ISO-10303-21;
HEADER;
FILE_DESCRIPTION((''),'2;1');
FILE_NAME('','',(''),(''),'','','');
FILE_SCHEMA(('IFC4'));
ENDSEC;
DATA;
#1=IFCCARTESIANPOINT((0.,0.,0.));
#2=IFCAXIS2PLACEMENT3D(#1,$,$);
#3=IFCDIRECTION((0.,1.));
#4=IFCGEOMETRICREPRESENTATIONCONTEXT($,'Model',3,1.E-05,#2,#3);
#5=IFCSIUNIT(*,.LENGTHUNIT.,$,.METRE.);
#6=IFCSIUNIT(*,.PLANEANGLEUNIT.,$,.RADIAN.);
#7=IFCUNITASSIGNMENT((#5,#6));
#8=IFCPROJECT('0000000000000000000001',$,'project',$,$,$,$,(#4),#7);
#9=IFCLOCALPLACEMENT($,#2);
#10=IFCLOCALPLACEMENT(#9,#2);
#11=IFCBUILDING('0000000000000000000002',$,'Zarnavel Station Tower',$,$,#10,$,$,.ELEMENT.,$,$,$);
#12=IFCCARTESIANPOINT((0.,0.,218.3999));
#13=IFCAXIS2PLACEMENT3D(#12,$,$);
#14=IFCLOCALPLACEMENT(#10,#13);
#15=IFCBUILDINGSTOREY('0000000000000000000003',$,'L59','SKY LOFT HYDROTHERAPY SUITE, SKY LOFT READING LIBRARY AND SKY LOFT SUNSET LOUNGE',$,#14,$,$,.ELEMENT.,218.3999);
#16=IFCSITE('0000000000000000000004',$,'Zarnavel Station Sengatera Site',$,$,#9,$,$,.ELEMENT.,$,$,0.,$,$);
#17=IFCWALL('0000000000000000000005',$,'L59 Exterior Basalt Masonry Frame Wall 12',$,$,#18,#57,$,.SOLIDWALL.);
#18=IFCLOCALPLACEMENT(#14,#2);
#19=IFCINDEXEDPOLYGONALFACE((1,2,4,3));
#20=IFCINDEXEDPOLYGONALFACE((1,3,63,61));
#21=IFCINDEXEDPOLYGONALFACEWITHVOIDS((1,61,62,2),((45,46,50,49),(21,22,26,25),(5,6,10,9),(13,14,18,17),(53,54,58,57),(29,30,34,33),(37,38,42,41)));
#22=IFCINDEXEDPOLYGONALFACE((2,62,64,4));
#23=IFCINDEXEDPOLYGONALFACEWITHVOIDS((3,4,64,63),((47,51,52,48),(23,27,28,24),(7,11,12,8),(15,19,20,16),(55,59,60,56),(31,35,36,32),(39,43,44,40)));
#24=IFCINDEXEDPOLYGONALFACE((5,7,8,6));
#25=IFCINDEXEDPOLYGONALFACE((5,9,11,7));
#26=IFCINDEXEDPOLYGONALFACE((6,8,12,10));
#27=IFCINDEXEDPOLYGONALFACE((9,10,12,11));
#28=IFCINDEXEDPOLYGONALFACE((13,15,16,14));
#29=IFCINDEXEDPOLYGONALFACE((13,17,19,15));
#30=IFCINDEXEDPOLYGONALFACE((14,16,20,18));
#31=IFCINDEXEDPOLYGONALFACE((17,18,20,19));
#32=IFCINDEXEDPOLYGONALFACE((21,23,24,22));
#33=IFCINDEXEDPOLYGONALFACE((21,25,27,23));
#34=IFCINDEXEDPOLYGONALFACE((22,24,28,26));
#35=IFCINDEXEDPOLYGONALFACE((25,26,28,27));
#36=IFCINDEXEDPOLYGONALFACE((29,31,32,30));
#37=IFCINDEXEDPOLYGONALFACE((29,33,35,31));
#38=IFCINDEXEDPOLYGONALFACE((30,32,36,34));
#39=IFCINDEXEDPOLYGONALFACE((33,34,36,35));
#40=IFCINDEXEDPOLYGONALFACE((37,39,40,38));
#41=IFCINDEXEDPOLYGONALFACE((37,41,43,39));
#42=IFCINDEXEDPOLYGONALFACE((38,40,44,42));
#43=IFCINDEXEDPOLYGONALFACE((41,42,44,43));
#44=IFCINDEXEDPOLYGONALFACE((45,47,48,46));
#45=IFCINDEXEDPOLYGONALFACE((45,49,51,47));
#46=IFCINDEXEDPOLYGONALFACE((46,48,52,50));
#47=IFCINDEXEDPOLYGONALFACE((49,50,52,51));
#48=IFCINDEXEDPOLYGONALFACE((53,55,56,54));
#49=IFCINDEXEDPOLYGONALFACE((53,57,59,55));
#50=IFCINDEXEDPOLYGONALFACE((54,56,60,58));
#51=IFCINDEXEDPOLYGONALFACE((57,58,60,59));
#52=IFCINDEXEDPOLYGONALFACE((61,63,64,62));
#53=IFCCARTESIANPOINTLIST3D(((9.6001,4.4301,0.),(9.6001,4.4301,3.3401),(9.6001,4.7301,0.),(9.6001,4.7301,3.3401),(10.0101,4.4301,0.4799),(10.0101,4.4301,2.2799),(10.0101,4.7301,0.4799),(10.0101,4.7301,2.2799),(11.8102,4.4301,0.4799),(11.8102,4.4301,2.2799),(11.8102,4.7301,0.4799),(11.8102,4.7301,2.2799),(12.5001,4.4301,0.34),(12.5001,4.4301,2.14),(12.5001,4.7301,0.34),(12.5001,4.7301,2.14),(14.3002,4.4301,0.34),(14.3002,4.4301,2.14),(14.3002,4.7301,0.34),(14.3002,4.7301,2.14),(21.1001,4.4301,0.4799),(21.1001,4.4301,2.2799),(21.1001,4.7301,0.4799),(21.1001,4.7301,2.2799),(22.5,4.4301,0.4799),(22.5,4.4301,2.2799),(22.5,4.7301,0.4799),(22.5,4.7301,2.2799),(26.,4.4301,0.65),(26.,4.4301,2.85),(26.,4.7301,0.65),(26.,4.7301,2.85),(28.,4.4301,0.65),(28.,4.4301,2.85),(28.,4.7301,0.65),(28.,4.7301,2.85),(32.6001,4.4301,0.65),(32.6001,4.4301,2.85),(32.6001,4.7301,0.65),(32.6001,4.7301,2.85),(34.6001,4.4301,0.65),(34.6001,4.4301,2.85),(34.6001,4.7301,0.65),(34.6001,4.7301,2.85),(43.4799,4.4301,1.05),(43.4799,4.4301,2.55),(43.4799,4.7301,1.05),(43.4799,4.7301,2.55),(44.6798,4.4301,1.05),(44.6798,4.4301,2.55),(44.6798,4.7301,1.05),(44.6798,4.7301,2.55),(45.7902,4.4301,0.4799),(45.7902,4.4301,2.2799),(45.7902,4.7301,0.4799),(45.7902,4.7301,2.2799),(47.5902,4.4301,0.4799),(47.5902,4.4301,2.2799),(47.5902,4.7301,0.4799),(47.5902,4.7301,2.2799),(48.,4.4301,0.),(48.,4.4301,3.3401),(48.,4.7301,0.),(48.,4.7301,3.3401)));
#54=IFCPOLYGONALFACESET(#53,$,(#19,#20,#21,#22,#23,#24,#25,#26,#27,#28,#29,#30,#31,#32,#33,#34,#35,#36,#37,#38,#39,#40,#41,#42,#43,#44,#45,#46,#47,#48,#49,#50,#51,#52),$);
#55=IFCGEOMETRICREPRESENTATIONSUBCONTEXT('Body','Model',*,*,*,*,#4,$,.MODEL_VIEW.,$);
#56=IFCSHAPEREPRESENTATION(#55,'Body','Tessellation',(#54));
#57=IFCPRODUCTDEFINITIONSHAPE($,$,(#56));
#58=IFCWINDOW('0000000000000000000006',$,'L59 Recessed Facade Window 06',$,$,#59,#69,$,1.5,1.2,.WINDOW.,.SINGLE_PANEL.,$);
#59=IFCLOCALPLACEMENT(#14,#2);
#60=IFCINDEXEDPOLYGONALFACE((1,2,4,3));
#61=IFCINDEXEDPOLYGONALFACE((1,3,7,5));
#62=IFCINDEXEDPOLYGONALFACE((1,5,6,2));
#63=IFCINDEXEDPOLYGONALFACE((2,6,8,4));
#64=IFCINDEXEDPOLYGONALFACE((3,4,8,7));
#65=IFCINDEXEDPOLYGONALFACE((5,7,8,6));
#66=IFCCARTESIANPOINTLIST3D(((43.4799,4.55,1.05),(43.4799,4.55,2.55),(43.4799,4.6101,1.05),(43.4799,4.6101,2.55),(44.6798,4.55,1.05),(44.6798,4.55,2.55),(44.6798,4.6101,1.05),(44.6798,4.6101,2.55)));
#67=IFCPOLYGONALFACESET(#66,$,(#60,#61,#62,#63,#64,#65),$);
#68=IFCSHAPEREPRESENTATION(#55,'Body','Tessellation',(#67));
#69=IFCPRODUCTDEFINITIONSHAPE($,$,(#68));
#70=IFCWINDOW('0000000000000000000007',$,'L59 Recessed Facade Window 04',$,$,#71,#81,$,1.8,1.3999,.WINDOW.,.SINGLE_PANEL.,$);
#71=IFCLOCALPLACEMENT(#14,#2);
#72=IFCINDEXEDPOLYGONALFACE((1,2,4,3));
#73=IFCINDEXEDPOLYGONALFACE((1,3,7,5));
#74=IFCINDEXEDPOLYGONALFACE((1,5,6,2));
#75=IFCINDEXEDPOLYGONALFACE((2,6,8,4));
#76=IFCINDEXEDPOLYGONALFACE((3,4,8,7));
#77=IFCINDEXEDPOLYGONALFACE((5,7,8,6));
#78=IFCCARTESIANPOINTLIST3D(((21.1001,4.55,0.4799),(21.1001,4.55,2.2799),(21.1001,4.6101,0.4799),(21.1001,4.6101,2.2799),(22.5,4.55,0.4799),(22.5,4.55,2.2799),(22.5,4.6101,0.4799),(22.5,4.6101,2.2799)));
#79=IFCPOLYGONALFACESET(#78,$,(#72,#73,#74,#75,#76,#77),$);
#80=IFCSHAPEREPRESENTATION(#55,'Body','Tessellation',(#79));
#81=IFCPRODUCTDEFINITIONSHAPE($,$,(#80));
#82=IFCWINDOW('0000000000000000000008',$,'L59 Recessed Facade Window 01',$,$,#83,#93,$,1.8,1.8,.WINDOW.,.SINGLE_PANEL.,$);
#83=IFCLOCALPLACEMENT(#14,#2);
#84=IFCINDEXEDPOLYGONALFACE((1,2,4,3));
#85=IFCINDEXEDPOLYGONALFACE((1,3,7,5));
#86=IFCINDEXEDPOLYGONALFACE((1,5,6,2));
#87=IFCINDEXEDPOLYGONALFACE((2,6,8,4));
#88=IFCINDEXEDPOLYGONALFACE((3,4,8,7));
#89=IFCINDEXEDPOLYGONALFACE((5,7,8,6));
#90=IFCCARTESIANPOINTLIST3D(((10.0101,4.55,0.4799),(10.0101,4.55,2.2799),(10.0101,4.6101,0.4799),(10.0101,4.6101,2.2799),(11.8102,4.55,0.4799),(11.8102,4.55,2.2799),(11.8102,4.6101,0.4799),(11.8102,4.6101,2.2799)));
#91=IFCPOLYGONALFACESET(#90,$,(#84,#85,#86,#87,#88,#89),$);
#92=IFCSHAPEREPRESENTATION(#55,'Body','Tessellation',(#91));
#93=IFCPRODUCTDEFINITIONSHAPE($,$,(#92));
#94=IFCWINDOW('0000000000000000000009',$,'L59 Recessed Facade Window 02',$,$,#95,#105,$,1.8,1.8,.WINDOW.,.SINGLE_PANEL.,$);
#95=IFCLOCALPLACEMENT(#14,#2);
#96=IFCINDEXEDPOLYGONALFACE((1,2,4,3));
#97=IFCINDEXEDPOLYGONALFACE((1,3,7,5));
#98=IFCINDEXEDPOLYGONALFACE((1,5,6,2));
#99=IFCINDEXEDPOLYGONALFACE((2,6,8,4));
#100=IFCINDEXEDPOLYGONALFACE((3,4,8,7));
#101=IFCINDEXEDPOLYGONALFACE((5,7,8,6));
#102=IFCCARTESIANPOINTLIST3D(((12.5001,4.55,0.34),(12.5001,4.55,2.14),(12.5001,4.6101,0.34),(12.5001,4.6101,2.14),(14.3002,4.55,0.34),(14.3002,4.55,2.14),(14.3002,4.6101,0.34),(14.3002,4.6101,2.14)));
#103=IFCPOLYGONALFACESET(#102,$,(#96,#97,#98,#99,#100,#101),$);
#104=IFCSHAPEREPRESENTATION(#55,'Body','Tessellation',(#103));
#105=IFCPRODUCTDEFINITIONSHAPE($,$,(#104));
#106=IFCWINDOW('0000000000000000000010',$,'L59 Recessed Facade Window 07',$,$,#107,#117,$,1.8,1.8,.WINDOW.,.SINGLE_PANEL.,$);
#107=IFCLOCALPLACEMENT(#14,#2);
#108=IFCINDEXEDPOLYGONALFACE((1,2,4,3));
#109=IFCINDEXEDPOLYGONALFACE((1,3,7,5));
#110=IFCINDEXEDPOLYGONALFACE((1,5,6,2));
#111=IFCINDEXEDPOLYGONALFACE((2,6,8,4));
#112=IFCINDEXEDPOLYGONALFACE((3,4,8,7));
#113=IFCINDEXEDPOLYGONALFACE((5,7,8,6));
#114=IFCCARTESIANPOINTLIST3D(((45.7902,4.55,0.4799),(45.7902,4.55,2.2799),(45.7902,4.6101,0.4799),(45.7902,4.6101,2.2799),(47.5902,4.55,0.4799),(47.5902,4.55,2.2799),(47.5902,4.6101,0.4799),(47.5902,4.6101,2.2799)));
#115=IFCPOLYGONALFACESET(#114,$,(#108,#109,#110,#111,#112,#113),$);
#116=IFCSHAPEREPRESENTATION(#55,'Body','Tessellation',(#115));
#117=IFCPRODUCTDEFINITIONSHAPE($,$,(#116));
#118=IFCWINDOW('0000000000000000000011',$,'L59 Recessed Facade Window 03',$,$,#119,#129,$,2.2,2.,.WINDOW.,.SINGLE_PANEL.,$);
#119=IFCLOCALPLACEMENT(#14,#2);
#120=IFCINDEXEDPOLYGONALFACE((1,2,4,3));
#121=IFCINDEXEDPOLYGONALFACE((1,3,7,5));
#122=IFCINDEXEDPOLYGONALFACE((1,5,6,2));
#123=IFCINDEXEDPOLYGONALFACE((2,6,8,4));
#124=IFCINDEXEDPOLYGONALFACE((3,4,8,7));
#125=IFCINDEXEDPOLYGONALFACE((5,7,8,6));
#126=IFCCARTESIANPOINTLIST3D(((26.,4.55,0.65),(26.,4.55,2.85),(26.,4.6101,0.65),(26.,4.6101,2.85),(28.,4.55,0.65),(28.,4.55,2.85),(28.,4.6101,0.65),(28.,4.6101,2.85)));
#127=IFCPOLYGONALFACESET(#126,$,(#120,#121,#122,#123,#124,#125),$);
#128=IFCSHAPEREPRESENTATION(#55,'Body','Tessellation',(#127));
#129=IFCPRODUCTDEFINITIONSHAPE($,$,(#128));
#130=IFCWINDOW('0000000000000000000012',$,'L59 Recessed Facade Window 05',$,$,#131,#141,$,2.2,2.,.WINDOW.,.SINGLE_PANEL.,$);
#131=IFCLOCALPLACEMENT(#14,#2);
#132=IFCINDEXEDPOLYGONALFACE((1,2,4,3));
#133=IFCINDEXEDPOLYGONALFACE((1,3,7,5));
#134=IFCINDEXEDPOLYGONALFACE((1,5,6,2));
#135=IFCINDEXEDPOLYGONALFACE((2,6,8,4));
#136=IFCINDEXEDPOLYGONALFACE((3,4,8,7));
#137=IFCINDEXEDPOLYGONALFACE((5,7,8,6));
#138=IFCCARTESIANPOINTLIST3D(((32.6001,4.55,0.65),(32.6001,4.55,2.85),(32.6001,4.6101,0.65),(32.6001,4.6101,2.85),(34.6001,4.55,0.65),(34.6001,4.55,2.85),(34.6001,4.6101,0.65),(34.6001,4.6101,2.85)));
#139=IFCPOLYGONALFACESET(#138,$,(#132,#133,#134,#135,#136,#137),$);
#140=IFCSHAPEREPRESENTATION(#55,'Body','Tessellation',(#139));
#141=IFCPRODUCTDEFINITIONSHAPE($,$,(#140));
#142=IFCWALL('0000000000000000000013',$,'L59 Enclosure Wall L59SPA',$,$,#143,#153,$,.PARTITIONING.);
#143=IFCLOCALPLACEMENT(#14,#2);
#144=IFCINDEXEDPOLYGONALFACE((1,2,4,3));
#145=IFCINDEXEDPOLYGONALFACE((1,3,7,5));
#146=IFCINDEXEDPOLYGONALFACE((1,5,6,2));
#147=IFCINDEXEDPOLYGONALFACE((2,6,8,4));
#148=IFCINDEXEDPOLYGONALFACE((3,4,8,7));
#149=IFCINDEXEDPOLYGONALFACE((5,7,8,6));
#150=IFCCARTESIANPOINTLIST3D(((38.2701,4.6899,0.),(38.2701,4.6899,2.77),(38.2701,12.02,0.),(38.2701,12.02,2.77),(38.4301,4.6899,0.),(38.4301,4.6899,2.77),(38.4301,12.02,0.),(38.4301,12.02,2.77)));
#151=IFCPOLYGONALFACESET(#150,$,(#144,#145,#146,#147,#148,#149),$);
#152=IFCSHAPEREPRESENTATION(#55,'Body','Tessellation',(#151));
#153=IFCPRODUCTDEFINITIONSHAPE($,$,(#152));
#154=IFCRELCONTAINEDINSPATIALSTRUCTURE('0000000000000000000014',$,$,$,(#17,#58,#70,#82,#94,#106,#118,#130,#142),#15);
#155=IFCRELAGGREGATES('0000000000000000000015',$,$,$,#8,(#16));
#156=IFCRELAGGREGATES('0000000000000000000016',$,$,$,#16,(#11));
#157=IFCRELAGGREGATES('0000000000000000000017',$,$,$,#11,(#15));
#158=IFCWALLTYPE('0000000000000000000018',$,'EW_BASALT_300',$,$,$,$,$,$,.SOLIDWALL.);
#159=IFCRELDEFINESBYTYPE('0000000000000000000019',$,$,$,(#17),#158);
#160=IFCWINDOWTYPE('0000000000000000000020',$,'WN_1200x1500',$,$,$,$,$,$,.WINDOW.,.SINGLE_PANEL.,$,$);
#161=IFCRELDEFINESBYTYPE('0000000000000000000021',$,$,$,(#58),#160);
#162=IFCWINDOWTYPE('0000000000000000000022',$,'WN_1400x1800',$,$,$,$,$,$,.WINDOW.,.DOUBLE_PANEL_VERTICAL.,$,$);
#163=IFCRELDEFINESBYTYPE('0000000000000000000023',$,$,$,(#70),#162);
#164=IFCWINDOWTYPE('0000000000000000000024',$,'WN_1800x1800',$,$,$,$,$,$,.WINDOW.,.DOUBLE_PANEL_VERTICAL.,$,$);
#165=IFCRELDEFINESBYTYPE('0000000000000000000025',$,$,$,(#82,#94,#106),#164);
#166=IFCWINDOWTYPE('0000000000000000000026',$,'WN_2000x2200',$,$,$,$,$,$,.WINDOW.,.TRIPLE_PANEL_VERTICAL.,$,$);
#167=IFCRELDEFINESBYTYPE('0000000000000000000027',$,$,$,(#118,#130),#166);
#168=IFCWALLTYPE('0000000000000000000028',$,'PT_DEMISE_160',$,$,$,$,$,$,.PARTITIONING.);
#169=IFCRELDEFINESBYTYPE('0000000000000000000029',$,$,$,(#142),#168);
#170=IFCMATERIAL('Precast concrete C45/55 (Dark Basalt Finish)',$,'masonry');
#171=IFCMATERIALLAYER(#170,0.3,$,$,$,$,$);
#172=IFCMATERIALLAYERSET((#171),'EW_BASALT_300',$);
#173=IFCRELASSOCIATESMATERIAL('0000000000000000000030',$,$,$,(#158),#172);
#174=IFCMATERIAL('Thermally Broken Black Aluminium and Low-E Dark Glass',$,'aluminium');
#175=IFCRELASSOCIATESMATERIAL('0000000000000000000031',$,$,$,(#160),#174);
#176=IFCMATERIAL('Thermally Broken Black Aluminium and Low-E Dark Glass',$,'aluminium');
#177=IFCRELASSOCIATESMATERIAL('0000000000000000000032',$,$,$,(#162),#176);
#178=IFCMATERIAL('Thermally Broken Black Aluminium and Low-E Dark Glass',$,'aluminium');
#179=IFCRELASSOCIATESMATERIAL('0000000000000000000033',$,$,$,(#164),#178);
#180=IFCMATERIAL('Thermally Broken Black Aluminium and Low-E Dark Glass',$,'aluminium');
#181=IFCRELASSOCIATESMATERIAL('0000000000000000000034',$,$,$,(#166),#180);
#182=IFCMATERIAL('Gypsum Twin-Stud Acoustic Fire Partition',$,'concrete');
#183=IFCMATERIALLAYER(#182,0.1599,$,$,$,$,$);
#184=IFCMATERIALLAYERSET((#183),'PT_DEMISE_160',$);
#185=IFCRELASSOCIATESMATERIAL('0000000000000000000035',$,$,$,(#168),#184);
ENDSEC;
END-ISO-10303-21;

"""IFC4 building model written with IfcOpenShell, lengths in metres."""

from ifc_helpers import new_model, si_unit, direction, frame, frame_2d, origin, place, context, subcontext, project, spatial, rectangle, extrude, material, layer, layer_set, type_object, element, fill, save


model = new_model("IFC4")

# Units and contexts
model_context = context("Model", 3, precision=1e-05, world=origin(), true_north=direction((0.0, 1.0)))
body_context = subcontext(model_context, "Body", "Model", "MODEL_VIEW")
ifc_project = project(units=[si_unit("LENGTHUNIT", "METRE"), si_unit("PLANEANGLEUNIT", "RADIAN")], contexts=[model_context])

# Site, building, storey
site_placement = place(None, origin())
site = spatial("IfcSite", under=ifc_project, at=site_placement, Name="Zarnavel Station Sengatera Site", CompositionType="ELEMENT", RefElevation=0.0)
building_placement = place(site_placement, origin())
building = spatial("IfcBuilding", under=site, at=building_placement, Name="Zarnavel Station Tower", CompositionType="ELEMENT")
storey_placement = place(building_placement, frame((0.0, 0.0, 218.3999)))
storey = spatial("IfcBuildingStorey", under=building, at=storey_placement, Name="L59", Description="SKY LOFT HYDROTHERAPY SUITE, SKY LOFT READING LIBRARY AND SKY LOFT SUNSET LOUNGE", CompositionType="ELEMENT", Elevation=218.3999)

# Shared definitions
ifc_material_1 = material(Name="Precast concrete C45/55 (Dark Basalt Finish)", Category="masonry")
ifc_layer_1 = layer(ifc_material_1, 0.3)
ifc_layer_set_1 = layer_set([ifc_layer_1], Name="EW_BASALT_300")
wall_type_1 = type_object("IfcWallType", Name="EW_BASALT_300", PredefinedType="SOLIDWALL", material=ifc_layer_set_1)

# Wall, openings, windows
wall_1_placement = place(storey_placement, frame((48.0, 4.5801, 0.0), z_axis=(0.0, 0.0, 1.0), x_axis=(-1.0, 0.0, 0.0)))
wall_1 = element("IfcWall", 1, at=wall_1_placement, inside=storey, type_object=wall_type_1, Name="L59 Exterior Basalt Masonry Frame Wall 12", PredefinedType="SOLIDWALL", context=body_context, shape_type="SweptSolid", body=[
    extrude(rectangle(XDim=38.3999, YDim=0.3, at=frame_2d((19.2, 0.0))), origin(), (0.0, 0.0, 1.0), 3.3401),
])
opening_1_placement = place(wall_1_placement, frame((36.1899, 0.0, 0.48)))
opening_1 = element("IfcOpeningElement", 2, at=opening_1_placement, cuts=wall_1, PredefinedType="OPENING", context=body_context, shape_type="SweptSolid", body=[
    extrude(rectangle(XDim=1.8, YDim=1.8, at=frame_2d((0.8999, 0.8999))), frame((0.0, 0.1599, 0.0), z_axis=(0.0, -1.0, 0.0), x_axis=(1.0, 0.0, 0.0)), (0.0, 0.0, 1.0), 0.3201),
])
opening_2_placement = place(wall_1_placement, frame((33.7, 0.0, 0.3401)))
opening_2 = element("IfcOpeningElement", 3, at=opening_2_placement, cuts=wall_1, PredefinedType="OPENING", context=body_context, shape_type="SweptSolid", body=[
    extrude(rectangle(XDim=1.8, YDim=1.8, at=frame_2d((0.8999, 0.8999))), frame((0.0, 0.1599, 0.0), z_axis=(0.0, -1.0, 0.0), x_axis=(1.0, 0.0, 0.0)), (0.0, 0.0, 1.0), 0.3201),
])
opening_3_placement = place(wall_1_placement, frame((20.0, 0.0, 0.6499)))
opening_3 = element("IfcOpeningElement", 4, at=opening_3_placement, cuts=wall_1, PredefinedType="OPENING", context=body_context, shape_type="SweptSolid", body=[
    extrude(rectangle(XDim=2.0, YDim=2.2, at=frame_2d((1.0, 1.1001))), frame((0.0, 0.1599, 0.0), z_axis=(0.0, -1.0, 0.0), x_axis=(1.0, 0.0, 0.0)), (0.0, 0.0, 1.0), 0.3201),
])
opening_4_placement = place(wall_1_placement, frame((25.5, 0.0, 0.48)))
opening_4 = element("IfcOpeningElement", 5, at=opening_4_placement, cuts=wall_1, PredefinedType="OPENING", context=body_context, shape_type="SweptSolid", body=[
    extrude(rectangle(XDim=1.3999, YDim=1.8, at=frame_2d((0.7, 0.8999))), frame((0.0, 0.1599, 0.0), z_axis=(0.0, -1.0, 0.0), x_axis=(1.0, 0.0, 0.0)), (0.0, 0.0, 1.0), 0.3201),
])
opening_5_placement = place(wall_1_placement, frame((13.3999, 0.0, 0.6499)))
opening_5 = element("IfcOpeningElement", 6, at=opening_5_placement, cuts=wall_1, PredefinedType="OPENING", context=body_context, shape_type="SweptSolid", body=[
    extrude(rectangle(XDim=2.0, YDim=2.2, at=frame_2d((1.0, 1.1001))), frame((0.0, 0.1599, 0.0), z_axis=(0.0, -1.0, 0.0), x_axis=(1.0, 0.0, 0.0)), (0.0, 0.0, 1.0), 0.3201),
])
opening_6_placement = place(wall_1_placement, frame((3.3201, 0.0, 1.05)))
opening_6 = element("IfcOpeningElement", 7, at=opening_6_placement, cuts=wall_1, PredefinedType="OPENING", context=body_context, shape_type="SweptSolid", body=[
    extrude(rectangle(XDim=1.2, YDim=1.5, at=frame_2d((0.6001, 0.75))), frame((0.0, 0.1599, 0.0), z_axis=(0.0, -1.0, 0.0), x_axis=(1.0, 0.0, 0.0)), (0.0, 0.0, 1.0), 0.3201),
])
opening_7_placement = place(wall_1_placement, frame((0.4099, 0.0, 0.48)))
opening_7 = element("IfcOpeningElement", 8, at=opening_7_placement, cuts=wall_1, PredefinedType="OPENING", context=body_context, shape_type="SweptSolid", body=[
    extrude(rectangle(XDim=1.8, YDim=1.8, at=frame_2d((0.8999, 0.8999))), frame((0.0, 0.1599, 0.0), z_axis=(0.0, -1.0, 0.0), x_axis=(1.0, 0.0, 0.0)), (0.0, 0.0, 1.0), 0.3201),
])
ifc_material_2 = material(Name="Thermally Broken Black Aluminium and Low-E Dark Glass", Category="aluminium")
window_type_1 = type_object("IfcWindowType", Name="WN_1200x1500", PartitioningType="SINGLE_PANEL", PredefinedType="WINDOW", material=ifc_material_2)
window_1_placement = place(opening_6_placement, origin())
window_1 = element("IfcWindow", 9, at=window_1_placement, inside=storey, type_object=window_type_1, Name="L59 Recessed Facade Window 06", OverallHeight=1.5, OverallWidth=1.2, PartitioningType="SINGLE_PANEL", PredefinedType="WINDOW", context=body_context, shape_type="SweptSolid", body=[
    extrude(rectangle(XDim=1.2, YDim=1.5, at=frame_2d((0.6001, 0.75))), frame((0.0, 0.03, 0.0), z_axis=(0.0, -1.0, 0.0), x_axis=(1.0, 0.0, 0.0)), (0.0, 0.0, 1.0), 0.0601),
])
fill(opening_6, window_1)
ifc_material_3 = material(Name="Thermally Broken Black Aluminium and Low-E Dark Glass", Category="aluminium")
window_type_2 = type_object("IfcWindowType", Name="WN_1400x1800", PartitioningType="DOUBLE_PANEL_VERTICAL", PredefinedType="WINDOW", material=ifc_material_3)
window_2_placement = place(opening_4_placement, origin())
window_2 = element("IfcWindow", 10, at=window_2_placement, inside=storey, type_object=window_type_2, Name="L59 Recessed Facade Window 04", OverallHeight=1.8, OverallWidth=1.3999, PartitioningType="SINGLE_PANEL", PredefinedType="WINDOW", context=body_context, shape_type="SweptSolid", body=[
    extrude(rectangle(XDim=1.3999, YDim=1.8, at=frame_2d((0.7, 0.8999))), frame((0.0, 0.03, 0.0), z_axis=(0.0, -1.0, 0.0), x_axis=(1.0, 0.0, 0.0)), (0.0, 0.0, 1.0), 0.0601),
])
fill(opening_4, window_2)
ifc_material_4 = material(Name="Thermally Broken Black Aluminium and Low-E Dark Glass", Category="aluminium")
window_type_3 = type_object("IfcWindowType", Name="WN_1800x1800", PartitioningType="DOUBLE_PANEL_VERTICAL", PredefinedType="WINDOW", material=ifc_material_4)
window_3_placement = place(opening_1_placement, origin())
window_3 = element("IfcWindow", 11, at=window_3_placement, inside=storey, type_object=window_type_3, Name="L59 Recessed Facade Window 01", OverallHeight=1.8, OverallWidth=1.8, PartitioningType="SINGLE_PANEL", PredefinedType="WINDOW", context=body_context, shape_type="SweptSolid", body=[
    extrude(rectangle(XDim=1.8, YDim=1.8, at=frame_2d((0.8999, 0.8999))), frame((0.0, 0.03, 0.0), z_axis=(0.0, -1.0, 0.0), x_axis=(1.0, 0.0, 0.0)), (0.0, 0.0, 1.0), 0.0601),
])
fill(opening_1, window_3)
window_4_placement = place(opening_2_placement, origin())
window_4 = element("IfcWindow", 12, at=window_4_placement, inside=storey, type_object=window_type_3, Name="L59 Recessed Facade Window 02", OverallHeight=1.8, OverallWidth=1.8, PartitioningType="SINGLE_PANEL", PredefinedType="WINDOW", context=body_context, shape_type="SweptSolid", body=[
    extrude(rectangle(XDim=1.8, YDim=1.8, at=frame_2d((0.8999, 0.8999))), frame((0.0, 0.03, 0.0), z_axis=(0.0, -1.0, 0.0), x_axis=(1.0, 0.0, 0.0)), (0.0, 0.0, 1.0), 0.0601),
])
fill(opening_2, window_4)
window_5_placement = place(opening_7_placement, origin())
window_5 = element("IfcWindow", 13, at=window_5_placement, inside=storey, type_object=window_type_3, Name="L59 Recessed Facade Window 07", OverallHeight=1.8, OverallWidth=1.8, PartitioningType="SINGLE_PANEL", PredefinedType="WINDOW", context=body_context, shape_type="SweptSolid", body=[
    extrude(rectangle(XDim=1.8, YDim=1.8, at=frame_2d((0.8999, 0.8999))), frame((0.0, 0.03, 0.0), z_axis=(0.0, -1.0, 0.0), x_axis=(1.0, 0.0, 0.0)), (0.0, 0.0, 1.0), 0.0601),
])
fill(opening_7, window_5)
ifc_material_5 = material(Name="Thermally Broken Black Aluminium and Low-E Dark Glass", Category="aluminium")
window_type_4 = type_object("IfcWindowType", Name="WN_2000x2200", PartitioningType="TRIPLE_PANEL_VERTICAL", PredefinedType="WINDOW", material=ifc_material_5)
window_6_placement = place(opening_3_placement, origin())
window_6 = element("IfcWindow", 14, at=window_6_placement, inside=storey, type_object=window_type_4, Name="L59 Recessed Facade Window 03", OverallHeight=2.2, OverallWidth=2.0, PartitioningType="SINGLE_PANEL", PredefinedType="WINDOW", context=body_context, shape_type="SweptSolid", body=[
    extrude(rectangle(XDim=2.0, YDim=2.2, at=frame_2d((1.0, 1.1001))), frame((0.0, 0.03, 0.0), z_axis=(0.0, -1.0, 0.0), x_axis=(1.0, 0.0, 0.0)), (0.0, 0.0, 1.0), 0.0601),
])
fill(opening_3, window_6)
window_7_placement = place(opening_5_placement, origin())
window_7 = element("IfcWindow", 15, at=window_7_placement, inside=storey, type_object=window_type_4, Name="L59 Recessed Facade Window 05", OverallHeight=2.2, OverallWidth=2.0, PartitioningType="SINGLE_PANEL", PredefinedType="WINDOW", context=body_context, shape_type="SweptSolid", body=[
    extrude(rectangle(XDim=2.0, YDim=2.2, at=frame_2d((1.0, 1.1001))), frame((0.0, 0.03, 0.0), z_axis=(0.0, -1.0, 0.0), x_axis=(1.0, 0.0, 0.0)), (0.0, 0.0, 1.0), 0.0601),
])
fill(opening_5, window_7)

# Wall
ifc_material_6 = material(Name="Gypsum Twin-Stud Acoustic Fire Partition", Category="concrete")
ifc_layer_2 = layer(ifc_material_6, 0.1599)
ifc_layer_set_2 = layer_set([ifc_layer_2], Name="PT_DEMISE_160")
wall_type_2 = type_object("IfcWallType", Name="PT_DEMISE_160", PredefinedType="PARTITIONING", material=ifc_layer_set_2)
wall_2_placement = place(storey_placement, frame((38.3501, 4.6899, 0.0), z_axis=(0.0, 0.0, 1.0), x_axis=(0.0, 1.0, 0.0)))
element("IfcWall", 16, at=wall_2_placement, inside=storey, type_object=wall_type_2, Name="L59 Enclosure Wall L59SPA", PredefinedType="PARTITIONING", context=body_context, shape_type="SweptSolid", body=[
    extrude(rectangle(XDim=7.3301, YDim=0.1599, at=frame_2d((3.665, 0.0))), origin(), (0.0, 0.0, 1.0), 2.77),
])

save(model, "model.ifc")
